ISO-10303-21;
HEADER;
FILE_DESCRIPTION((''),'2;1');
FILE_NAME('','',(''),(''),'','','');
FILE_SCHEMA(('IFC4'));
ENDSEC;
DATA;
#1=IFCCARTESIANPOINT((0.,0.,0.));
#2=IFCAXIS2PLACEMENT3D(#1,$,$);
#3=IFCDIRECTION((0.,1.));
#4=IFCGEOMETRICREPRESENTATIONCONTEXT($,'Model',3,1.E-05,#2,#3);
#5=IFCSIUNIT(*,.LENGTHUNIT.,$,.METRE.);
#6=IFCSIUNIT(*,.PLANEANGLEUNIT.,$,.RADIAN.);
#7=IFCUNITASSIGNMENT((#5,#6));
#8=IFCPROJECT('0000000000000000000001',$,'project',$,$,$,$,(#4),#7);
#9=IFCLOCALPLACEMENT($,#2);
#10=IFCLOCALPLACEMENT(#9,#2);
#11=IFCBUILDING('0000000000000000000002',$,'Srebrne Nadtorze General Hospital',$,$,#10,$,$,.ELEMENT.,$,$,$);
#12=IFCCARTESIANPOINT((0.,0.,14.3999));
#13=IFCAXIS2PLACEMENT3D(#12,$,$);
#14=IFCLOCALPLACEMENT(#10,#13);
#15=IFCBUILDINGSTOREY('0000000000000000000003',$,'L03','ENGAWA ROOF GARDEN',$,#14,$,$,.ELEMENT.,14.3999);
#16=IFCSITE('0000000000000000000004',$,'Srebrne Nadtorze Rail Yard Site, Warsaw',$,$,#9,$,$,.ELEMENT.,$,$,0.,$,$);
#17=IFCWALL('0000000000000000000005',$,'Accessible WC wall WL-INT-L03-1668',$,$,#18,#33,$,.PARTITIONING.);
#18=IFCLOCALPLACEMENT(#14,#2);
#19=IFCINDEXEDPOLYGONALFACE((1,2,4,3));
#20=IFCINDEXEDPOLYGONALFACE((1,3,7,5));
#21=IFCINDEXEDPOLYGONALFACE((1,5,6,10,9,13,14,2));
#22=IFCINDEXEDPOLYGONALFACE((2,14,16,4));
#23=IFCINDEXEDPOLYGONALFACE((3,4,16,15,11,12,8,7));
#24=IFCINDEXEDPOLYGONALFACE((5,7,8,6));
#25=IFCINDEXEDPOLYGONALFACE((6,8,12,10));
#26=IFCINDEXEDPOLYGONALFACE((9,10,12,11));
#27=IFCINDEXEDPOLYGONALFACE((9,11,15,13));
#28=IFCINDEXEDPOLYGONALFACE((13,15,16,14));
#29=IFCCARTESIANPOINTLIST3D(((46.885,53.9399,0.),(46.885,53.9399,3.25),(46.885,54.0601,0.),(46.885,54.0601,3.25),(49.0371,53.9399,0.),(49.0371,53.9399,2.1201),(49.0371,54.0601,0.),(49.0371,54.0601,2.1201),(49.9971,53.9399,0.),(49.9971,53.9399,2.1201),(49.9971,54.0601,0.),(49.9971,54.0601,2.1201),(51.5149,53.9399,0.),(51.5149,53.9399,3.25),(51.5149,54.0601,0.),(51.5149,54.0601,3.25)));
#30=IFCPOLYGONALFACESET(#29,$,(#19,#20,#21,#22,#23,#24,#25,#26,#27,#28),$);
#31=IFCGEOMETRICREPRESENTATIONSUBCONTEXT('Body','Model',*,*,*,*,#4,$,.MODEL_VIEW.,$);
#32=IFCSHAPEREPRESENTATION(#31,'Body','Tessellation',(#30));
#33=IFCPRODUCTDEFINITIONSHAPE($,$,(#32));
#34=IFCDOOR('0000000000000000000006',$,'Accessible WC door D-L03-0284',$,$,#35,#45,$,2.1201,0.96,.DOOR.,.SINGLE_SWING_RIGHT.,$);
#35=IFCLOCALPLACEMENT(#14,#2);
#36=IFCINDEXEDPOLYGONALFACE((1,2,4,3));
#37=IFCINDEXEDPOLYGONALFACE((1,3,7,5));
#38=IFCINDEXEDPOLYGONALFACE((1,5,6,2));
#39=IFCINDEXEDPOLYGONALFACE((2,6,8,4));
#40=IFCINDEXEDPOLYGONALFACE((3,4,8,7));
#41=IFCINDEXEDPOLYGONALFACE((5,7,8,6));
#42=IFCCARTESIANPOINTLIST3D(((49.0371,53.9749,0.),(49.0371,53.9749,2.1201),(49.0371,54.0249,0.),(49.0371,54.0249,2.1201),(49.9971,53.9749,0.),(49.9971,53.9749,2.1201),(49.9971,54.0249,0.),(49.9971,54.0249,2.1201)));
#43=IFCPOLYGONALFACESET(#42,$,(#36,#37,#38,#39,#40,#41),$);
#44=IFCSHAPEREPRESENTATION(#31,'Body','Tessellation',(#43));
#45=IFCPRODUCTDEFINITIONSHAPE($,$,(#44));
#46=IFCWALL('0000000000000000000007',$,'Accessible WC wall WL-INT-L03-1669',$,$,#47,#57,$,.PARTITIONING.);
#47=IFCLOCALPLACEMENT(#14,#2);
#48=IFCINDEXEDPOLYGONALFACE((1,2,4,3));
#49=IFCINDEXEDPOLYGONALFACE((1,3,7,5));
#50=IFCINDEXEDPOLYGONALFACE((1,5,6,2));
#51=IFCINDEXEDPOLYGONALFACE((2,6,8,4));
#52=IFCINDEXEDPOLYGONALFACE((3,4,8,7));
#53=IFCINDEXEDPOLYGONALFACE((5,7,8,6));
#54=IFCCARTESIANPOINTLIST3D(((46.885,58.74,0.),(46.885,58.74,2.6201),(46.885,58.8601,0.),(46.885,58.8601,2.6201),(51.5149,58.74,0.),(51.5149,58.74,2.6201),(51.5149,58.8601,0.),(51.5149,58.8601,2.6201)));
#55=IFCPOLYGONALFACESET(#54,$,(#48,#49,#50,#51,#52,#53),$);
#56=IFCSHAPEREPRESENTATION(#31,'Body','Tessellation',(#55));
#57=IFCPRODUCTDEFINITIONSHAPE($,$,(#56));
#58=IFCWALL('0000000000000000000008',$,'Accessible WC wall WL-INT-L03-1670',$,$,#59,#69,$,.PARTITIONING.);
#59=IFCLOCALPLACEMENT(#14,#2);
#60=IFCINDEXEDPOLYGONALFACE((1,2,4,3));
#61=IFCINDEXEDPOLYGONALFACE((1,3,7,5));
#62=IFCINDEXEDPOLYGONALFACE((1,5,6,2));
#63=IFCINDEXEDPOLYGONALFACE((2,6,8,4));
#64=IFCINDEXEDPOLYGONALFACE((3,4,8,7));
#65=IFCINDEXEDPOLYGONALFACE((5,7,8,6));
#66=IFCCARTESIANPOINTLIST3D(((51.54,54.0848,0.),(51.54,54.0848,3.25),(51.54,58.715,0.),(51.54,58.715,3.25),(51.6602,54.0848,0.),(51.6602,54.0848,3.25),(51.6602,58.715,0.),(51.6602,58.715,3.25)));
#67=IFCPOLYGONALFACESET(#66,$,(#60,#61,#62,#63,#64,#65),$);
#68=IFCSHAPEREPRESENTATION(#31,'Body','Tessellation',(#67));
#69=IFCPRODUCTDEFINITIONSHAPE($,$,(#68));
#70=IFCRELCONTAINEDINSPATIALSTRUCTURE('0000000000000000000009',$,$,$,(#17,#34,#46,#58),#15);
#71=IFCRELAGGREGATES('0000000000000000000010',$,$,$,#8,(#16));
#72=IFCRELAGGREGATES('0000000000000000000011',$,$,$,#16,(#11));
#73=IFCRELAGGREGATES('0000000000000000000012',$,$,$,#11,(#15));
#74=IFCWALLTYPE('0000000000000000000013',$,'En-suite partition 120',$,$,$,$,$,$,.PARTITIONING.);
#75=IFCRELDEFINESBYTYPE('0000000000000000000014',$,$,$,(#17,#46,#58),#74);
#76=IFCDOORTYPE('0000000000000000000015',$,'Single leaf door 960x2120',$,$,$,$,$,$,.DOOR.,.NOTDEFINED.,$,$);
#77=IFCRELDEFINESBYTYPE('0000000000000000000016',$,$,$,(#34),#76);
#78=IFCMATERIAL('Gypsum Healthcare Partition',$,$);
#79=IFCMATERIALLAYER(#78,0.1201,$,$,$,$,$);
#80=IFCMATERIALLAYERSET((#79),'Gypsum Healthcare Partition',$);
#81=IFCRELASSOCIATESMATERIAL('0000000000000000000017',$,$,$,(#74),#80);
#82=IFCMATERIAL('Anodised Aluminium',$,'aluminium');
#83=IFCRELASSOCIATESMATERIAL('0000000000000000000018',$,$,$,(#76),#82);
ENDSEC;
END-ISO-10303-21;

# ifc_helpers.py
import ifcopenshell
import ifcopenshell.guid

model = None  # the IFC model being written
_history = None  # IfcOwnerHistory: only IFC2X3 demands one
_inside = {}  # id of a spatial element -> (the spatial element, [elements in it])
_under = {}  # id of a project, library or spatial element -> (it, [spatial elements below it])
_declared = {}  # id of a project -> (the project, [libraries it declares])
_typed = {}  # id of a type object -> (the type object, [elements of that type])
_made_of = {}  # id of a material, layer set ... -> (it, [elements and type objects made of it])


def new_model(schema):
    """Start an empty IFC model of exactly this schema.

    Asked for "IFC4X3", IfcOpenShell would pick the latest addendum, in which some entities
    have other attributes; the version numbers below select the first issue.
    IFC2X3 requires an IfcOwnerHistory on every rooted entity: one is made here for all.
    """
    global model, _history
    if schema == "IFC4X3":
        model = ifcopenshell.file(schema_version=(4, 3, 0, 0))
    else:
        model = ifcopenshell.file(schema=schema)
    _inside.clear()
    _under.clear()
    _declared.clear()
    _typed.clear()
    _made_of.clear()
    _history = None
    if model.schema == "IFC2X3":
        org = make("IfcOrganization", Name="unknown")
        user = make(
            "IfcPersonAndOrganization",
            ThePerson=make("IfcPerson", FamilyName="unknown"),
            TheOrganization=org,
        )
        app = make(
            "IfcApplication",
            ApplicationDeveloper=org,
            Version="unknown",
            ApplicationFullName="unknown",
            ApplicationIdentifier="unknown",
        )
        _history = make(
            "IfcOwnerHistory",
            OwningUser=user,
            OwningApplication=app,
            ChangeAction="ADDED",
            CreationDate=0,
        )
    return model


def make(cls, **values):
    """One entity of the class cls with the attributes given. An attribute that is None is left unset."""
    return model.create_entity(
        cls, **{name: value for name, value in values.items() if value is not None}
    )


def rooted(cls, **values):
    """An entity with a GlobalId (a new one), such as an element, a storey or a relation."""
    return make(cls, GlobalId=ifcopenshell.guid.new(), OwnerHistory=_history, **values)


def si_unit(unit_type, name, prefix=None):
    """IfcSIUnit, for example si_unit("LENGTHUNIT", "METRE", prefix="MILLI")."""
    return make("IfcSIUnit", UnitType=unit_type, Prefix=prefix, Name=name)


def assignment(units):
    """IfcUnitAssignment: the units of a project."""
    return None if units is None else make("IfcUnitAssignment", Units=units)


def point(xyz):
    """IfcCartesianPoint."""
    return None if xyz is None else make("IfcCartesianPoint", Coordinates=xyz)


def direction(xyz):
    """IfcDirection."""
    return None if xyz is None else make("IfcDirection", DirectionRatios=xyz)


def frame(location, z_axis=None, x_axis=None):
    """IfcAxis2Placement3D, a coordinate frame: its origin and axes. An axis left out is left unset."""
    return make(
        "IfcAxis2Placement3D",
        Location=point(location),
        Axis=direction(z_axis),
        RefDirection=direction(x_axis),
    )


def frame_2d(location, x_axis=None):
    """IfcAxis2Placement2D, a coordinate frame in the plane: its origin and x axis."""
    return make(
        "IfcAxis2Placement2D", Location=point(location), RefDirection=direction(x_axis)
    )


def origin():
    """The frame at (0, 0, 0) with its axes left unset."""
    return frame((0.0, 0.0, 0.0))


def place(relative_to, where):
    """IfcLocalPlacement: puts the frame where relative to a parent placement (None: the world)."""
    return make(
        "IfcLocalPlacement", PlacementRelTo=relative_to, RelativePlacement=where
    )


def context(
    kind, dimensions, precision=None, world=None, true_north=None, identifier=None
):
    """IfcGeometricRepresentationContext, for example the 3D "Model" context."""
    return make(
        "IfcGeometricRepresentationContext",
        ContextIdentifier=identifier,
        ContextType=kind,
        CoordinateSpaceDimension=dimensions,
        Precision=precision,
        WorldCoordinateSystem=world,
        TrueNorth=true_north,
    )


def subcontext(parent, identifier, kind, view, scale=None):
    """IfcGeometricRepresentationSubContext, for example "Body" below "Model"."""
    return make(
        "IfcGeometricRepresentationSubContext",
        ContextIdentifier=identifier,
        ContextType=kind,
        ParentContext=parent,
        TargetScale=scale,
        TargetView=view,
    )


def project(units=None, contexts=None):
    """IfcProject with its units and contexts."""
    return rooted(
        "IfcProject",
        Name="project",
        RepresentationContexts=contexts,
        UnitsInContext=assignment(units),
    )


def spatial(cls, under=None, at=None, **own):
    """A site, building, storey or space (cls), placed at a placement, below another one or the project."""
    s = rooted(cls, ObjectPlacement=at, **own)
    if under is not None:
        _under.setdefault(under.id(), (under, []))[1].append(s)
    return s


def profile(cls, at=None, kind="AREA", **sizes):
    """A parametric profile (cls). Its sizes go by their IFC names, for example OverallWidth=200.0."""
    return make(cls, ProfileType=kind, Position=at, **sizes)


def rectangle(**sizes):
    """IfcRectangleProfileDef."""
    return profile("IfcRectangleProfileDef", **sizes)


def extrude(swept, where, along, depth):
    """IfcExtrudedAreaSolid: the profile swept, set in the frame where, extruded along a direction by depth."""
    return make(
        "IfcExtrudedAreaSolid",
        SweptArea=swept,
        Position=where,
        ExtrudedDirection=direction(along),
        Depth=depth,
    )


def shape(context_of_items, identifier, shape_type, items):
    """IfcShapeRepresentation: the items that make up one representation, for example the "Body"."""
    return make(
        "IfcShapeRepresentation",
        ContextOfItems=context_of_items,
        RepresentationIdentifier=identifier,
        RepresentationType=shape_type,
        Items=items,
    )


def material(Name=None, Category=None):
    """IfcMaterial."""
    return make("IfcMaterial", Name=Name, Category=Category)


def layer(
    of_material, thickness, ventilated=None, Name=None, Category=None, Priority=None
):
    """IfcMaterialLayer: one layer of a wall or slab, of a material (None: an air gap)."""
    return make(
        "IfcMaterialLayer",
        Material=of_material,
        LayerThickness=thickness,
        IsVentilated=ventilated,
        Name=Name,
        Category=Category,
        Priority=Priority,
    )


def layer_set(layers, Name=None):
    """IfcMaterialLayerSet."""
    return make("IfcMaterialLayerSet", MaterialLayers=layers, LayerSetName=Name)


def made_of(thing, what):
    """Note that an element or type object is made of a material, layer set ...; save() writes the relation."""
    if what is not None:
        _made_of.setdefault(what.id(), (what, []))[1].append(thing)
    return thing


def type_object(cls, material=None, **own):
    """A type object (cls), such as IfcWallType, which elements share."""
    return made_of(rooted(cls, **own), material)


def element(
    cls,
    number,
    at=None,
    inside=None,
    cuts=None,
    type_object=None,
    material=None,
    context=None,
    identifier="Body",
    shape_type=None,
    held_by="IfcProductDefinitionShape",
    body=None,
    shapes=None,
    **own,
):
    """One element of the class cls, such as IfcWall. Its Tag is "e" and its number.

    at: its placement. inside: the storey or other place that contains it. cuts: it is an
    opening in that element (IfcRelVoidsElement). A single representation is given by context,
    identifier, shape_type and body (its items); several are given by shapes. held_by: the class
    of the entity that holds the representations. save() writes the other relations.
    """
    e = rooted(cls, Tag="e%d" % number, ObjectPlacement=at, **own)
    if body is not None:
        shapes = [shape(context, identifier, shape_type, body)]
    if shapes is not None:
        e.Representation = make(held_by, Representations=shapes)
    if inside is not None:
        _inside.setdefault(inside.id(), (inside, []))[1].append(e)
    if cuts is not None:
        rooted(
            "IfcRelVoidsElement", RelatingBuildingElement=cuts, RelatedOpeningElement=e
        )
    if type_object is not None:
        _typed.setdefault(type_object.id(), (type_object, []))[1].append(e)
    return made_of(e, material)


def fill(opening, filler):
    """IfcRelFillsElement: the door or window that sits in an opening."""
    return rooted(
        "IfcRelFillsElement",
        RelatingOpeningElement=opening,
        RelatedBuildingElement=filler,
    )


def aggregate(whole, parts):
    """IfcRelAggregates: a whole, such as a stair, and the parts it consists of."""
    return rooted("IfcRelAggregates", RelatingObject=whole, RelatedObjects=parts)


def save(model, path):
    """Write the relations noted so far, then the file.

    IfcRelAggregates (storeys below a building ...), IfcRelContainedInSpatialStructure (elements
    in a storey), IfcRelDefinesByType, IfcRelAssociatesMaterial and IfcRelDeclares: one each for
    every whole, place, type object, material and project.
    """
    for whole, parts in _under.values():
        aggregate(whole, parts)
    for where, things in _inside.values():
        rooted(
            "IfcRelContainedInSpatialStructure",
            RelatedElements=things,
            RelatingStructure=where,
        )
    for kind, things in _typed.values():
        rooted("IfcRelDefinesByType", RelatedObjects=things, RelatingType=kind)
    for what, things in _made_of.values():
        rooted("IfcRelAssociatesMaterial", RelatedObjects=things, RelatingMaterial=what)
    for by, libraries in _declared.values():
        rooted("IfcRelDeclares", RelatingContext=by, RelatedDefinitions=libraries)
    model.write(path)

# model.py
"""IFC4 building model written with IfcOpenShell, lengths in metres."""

from ifc_helpers import new_model, si_unit, direction, frame, frame_2d, origin, place, context, subcontext, project, spatial, rectangle, extrude, material, layer, layer_set, type_object, element, fill, save


model = new_model("IFC4")

# Units and contexts
model_context = context("Model", 3, precision=1e-05, world=origin(), true_north=direction((0.0, 1.0)))
body_context = subcontext(model_context, "Body", "Model", "MODEL_VIEW")
ifc_project = project(units=[si_unit("LENGTHUNIT", "METRE"), si_unit("PLANEANGLEUNIT", "RADIAN")], contexts=[model_context])

# Site, building, storey
site_placement = place(None, origin())
site = spatial("IfcSite", under=ifc_project, at=site_placement, Name="Srebrne Nadtorze Rail Yard Site, Warsaw", CompositionType="ELEMENT", RefElevation=0.0)
building_placement = place(site_placement, origin())
building = spatial("IfcBuilding", under=site, at=building_placement, Name="Srebrne Nadtorze General Hospital", CompositionType="ELEMENT")
storey_placement = place(building_placement, frame((0.0, 0.0, 14.3999)))
storey = spatial("IfcBuildingStorey", under=building, at=storey_placement, Name="L03", Description="ENGAWA ROOF GARDEN", CompositionType="ELEMENT", Elevation=14.3999)

# Wall, opening, door
ifc_material_1 = material(Name="Gypsum Healthcare Partition")
ifc_layer_1 = layer(ifc_material_1, 0.1201)
ifc_layer_set_1 = layer_set([ifc_layer_1], Name="Gypsum Healthcare Partition")
wall_type_1 = type_object("IfcWallType", Name="En-suite partition 120", PredefinedType="PARTITIONING", material=ifc_layer_set_1)
wall_1_placement = place(storey_placement, frame((46.885, 54.0, 0.0), z_axis=(0.0, 0.0, 1.0), x_axis=(1.0, 0.0, 0.0)))
wall_1 = element("IfcWall", 1, at=wall_1_placement, inside=storey, type_object=wall_type_1, Name="Accessible WC wall WL-INT-L03-1668", PredefinedType="PARTITIONING", context=body_context, shape_type="SweptSolid", body=[
    extrude(rectangle(XDim=4.6299, YDim=0.1201, at=frame_2d((2.3149, 0.0))), origin(), (0.0, 0.0, 1.0), 3.25),
])
opening_1_placement = place(wall_1_placement, frame((2.1521, 0.0, 0.0)))
opening_1 = element("IfcOpeningElement", 2, at=opening_1_placement, cuts=wall_1, PredefinedType="OPENING", context=body_context, shape_type="SweptSolid", body=[
    extrude(rectangle(XDim=0.96, YDim=2.1201, at=frame_2d((0.48, 1.0601))), frame((0.0, 0.072, 0.0), z_axis=(0.0, -1.0, 0.0), x_axis=(1.0, 0.0, 0.0)), (0.0, 0.0, 1.0), 0.144),
])
ifc_material_2 = material(Name="Anodised Aluminium", Category="aluminium")
door_type_1 = type_object("IfcDoorType", Name="Single leaf door 960x2120", OperationType="NOTDEFINED", PredefinedType="DOOR", material=ifc_material_2)
door_1_placement = place(opening_1_placement, origin())
door_1 = element("IfcDoor", 3, at=door_1_placement, inside=storey, type_object=door_type_1, Name="Accessible WC door D-L03-0284", OperationType="SINGLE_SWING_RIGHT", OverallHeight=2.1201, OverallWidth=0.96, PredefinedType="DOOR", context=body_context, shape_type="SweptSolid", body=[
    extrude(rectangle(XDim=0.96, YDim=2.1201, at=frame_2d((0.48, 1.0601))), frame((0.0, 0.0249, 0.0), z_axis=(0.0, -1.0, 0.0), x_axis=(1.0, 0.0, 0.0)), (0.0, 0.0, 1.0), 0.05),
])
fill(opening_1, door_1)

# Walls
wall_2_placement = place(storey_placement, frame((46.885, 58.8, 0.0), z_axis=(0.0, 0.0, 1.0), x_axis=(1.0, 0.0, 0.0)))
element("IfcWall", 4, at=wall_2_placement, inside=storey, type_object=wall_type_1, Name="Accessible WC wall WL-INT-L03-1669", PredefinedType="PARTITIONING", context=body_context, shape_type="SweptSolid", body=[
    extrude(rectangle(XDim=4.6299, YDim=0.1201, at=frame_2d((2.3149, 0.0))), origin(), (0.0, 0.0, 1.0), 2.6201),
])
wall_3_placement = place(storey_placement, frame((51.6001, 54.085, 0.0), z_axis=(0.0, 0.0, 1.0), x_axis=(0.0, 1.0, 0.0)))
element("IfcWall", 5, at=wall_3_placement, inside=storey, type_object=wall_type_1, Name="Accessible WC wall WL-INT-L03-1670", PredefinedType="PARTITIONING", context=body_context, shape_type="SweptSolid", body=[
    extrude(rectangle(XDim=4.6301, YDim=0.1201, at=frame_2d((2.3149, 0.0))), origin(), (0.0, 0.0, 1.0), 3.25),
])

save(model, "model.ifc")
